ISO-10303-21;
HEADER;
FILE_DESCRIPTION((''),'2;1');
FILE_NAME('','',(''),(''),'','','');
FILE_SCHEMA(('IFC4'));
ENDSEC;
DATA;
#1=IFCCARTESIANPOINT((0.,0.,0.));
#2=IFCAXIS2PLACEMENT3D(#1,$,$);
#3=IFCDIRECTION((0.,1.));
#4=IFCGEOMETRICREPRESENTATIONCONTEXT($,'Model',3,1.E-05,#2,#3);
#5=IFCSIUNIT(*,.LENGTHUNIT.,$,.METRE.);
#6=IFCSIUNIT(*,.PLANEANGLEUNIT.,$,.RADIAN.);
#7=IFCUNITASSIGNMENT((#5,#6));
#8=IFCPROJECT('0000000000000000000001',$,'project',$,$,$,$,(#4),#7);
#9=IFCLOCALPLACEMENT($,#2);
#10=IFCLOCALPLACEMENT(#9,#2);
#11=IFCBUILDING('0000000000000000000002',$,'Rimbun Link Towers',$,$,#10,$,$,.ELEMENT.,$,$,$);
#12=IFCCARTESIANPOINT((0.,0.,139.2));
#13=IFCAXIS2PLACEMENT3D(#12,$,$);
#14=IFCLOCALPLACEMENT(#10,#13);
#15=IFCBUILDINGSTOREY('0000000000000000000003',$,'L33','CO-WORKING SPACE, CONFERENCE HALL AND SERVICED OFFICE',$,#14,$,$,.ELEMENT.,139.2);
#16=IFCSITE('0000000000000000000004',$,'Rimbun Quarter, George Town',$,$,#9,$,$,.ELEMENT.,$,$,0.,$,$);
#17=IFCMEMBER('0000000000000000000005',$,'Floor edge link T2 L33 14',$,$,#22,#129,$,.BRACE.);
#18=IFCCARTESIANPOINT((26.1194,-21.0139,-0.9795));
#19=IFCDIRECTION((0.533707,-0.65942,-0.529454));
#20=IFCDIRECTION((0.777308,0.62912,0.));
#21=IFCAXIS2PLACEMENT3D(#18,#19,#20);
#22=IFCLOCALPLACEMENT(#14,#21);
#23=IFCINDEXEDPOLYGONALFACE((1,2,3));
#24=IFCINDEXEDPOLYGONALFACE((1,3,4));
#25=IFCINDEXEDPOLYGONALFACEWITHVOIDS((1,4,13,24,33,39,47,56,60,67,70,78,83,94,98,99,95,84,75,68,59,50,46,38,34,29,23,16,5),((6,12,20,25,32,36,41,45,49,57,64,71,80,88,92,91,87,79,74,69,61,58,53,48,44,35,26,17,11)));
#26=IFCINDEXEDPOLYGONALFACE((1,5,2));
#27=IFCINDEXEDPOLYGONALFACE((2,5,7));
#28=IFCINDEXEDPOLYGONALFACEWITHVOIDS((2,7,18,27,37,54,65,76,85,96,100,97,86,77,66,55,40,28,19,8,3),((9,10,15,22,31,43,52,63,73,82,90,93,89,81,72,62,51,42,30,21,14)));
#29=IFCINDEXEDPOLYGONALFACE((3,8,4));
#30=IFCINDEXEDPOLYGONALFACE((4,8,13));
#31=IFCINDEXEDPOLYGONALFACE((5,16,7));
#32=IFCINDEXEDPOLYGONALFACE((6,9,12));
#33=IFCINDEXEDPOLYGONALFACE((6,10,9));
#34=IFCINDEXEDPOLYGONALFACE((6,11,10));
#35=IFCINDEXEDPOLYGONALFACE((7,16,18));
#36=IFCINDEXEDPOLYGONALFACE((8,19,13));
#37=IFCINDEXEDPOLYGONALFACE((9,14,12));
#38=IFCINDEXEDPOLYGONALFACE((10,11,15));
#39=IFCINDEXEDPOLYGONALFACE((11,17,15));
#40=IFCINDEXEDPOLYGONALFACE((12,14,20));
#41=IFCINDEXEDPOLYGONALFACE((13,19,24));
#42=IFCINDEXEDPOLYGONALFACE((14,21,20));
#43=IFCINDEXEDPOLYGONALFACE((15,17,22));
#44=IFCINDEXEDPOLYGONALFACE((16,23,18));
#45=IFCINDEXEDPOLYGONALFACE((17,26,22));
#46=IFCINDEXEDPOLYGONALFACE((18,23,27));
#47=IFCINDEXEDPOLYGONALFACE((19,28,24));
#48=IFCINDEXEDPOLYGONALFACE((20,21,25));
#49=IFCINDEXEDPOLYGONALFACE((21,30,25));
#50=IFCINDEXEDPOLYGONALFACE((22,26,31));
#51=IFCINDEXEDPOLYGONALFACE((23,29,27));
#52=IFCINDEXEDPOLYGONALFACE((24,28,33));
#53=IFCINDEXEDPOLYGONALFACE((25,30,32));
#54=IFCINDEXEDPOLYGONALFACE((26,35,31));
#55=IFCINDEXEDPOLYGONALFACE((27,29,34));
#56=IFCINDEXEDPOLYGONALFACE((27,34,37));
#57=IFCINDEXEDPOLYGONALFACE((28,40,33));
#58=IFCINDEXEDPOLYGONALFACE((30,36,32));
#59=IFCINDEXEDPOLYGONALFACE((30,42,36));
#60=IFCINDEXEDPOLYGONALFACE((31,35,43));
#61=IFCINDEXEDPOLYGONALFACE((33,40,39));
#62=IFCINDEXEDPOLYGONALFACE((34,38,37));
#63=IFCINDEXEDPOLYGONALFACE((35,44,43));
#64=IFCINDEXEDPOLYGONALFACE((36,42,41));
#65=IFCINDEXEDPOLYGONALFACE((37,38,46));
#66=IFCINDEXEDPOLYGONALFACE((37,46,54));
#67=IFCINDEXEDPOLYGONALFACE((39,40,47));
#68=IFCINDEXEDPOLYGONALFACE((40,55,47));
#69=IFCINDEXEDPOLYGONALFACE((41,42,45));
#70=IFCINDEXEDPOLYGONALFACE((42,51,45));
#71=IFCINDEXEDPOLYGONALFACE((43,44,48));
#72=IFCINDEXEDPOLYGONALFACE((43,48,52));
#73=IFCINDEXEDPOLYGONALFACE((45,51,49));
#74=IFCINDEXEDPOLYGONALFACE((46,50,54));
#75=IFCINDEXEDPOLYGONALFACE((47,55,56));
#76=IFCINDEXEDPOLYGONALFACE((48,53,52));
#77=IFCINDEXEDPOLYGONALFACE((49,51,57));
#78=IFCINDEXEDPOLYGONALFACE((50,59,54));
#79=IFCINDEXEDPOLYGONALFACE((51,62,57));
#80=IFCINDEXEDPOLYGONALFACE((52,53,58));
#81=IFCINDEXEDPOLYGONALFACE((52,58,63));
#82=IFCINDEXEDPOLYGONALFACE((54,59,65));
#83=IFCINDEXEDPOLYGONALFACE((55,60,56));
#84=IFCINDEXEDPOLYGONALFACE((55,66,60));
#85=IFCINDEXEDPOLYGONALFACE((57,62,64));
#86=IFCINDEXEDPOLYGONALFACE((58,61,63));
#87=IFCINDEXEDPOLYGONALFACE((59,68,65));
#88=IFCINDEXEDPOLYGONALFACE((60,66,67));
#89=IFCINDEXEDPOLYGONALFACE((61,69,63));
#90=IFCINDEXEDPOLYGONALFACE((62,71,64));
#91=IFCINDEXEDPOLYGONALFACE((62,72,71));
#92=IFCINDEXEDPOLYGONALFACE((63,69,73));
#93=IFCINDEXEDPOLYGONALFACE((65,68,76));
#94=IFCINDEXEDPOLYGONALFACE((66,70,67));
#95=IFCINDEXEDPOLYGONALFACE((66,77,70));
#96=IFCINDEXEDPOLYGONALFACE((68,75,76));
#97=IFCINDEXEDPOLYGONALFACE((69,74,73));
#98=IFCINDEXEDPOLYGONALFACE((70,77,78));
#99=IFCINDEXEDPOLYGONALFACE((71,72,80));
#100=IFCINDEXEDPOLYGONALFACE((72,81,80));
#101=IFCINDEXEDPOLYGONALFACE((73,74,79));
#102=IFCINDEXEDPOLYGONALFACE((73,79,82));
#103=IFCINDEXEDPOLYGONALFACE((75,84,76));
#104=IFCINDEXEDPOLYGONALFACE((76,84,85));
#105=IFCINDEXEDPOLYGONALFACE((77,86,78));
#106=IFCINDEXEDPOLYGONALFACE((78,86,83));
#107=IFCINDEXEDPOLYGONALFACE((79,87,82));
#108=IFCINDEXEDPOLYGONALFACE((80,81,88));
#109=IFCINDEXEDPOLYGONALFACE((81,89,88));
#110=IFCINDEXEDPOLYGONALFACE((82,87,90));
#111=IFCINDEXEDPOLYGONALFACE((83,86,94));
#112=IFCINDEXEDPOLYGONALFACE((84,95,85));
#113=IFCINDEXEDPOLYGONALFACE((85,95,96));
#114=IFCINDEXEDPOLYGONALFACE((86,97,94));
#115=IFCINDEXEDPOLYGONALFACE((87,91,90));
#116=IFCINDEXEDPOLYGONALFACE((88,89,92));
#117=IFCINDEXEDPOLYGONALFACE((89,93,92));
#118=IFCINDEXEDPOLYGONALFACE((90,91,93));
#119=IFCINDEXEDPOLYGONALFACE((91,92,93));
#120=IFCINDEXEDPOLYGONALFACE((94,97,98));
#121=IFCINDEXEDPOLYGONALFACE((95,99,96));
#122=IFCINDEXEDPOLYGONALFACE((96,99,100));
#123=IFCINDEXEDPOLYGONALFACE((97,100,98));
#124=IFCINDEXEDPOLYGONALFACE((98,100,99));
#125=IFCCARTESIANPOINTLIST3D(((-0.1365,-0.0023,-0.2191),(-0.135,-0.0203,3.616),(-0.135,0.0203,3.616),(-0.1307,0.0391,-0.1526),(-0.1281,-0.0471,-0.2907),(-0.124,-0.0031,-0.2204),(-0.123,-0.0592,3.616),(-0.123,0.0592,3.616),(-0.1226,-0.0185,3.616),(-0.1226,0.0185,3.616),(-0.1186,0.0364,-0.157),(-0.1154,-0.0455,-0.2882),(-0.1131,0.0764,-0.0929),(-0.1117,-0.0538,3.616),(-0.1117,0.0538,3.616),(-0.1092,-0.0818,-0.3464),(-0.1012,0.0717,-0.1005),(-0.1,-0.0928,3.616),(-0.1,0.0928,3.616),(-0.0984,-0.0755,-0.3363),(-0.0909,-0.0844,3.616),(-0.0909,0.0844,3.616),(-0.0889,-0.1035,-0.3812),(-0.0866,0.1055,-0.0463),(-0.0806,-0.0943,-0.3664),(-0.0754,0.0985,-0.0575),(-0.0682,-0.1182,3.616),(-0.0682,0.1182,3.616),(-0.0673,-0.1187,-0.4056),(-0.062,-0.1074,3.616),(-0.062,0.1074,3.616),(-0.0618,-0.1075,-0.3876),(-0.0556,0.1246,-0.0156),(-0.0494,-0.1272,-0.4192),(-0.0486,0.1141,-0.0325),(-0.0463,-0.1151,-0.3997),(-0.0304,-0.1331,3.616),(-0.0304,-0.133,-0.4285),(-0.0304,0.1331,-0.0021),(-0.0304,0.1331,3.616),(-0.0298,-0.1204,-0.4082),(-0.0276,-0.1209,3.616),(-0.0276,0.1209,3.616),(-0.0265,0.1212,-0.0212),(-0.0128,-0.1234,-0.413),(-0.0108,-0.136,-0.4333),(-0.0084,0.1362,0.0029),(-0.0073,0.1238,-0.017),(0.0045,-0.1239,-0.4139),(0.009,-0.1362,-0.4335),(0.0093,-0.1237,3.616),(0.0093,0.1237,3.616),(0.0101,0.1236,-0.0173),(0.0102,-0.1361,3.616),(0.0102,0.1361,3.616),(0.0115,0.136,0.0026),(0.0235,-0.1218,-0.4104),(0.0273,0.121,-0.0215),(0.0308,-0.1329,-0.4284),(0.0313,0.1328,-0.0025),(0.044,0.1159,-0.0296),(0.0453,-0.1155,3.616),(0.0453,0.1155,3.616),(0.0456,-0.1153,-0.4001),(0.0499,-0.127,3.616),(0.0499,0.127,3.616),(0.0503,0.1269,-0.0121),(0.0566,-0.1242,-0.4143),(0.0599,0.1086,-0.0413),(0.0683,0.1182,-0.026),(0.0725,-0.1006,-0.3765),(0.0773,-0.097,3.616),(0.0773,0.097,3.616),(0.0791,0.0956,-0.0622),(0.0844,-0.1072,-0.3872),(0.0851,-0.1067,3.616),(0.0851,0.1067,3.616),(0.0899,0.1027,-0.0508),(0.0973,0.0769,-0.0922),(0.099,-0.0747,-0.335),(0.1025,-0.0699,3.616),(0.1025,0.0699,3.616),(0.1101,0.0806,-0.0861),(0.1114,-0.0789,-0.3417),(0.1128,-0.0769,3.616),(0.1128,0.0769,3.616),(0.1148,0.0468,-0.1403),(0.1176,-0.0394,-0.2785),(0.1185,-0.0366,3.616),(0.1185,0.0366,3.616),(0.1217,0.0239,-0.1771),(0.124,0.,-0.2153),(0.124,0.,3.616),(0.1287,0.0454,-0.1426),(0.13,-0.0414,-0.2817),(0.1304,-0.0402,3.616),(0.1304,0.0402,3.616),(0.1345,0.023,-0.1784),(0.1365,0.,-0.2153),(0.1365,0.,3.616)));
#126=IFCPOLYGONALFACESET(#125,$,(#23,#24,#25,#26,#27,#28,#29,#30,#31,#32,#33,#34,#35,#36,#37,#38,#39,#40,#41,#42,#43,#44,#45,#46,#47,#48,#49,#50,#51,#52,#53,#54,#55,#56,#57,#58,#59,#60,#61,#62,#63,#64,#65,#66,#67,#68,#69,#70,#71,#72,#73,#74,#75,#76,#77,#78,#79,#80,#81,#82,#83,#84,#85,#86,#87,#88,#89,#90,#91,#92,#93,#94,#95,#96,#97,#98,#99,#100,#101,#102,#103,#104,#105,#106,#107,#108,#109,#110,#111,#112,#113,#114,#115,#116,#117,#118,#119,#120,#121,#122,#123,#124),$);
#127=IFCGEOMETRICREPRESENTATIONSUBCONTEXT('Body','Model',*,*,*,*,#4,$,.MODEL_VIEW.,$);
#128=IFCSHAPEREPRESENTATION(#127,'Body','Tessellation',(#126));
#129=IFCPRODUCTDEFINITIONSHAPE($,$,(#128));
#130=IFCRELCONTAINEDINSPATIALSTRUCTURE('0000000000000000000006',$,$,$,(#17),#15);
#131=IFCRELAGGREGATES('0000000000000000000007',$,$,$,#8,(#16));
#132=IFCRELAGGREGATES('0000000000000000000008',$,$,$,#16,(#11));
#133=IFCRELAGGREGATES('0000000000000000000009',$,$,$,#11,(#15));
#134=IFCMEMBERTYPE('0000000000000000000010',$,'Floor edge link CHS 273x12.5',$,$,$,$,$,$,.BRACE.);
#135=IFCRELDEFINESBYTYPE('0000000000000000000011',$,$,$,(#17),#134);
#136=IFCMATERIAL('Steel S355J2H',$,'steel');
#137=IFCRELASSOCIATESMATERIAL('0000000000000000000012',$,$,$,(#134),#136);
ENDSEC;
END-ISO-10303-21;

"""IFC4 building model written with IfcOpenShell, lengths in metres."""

from ifc_helpers import new_model, si_unit, direction, frame, origin, origin_2d, place, context, subcontext, project, spatial, hollow_circle, extrude, clip, halfspace, material, material_profile, profile_set, type_object, element, save


model = new_model("IFC4")

# Units and contexts
model_context = context("Model", 3, precision=1e-05, world=origin(), true_north=direction((0.0, 1.0)))
body_context = subcontext(model_context, "Body", "Model", "MODEL_VIEW")
ifc_project = project(units=[si_unit("LENGTHUNIT", "METRE"), si_unit("PLANEANGLEUNIT", "RADIAN")], contexts=[model_context])

# Site, building, storey
site_placement = place(None, origin())
site = spatial("IfcSite", under=ifc_project, at=site_placement, Name="Rimbun Quarter, George Town", CompositionType="ELEMENT", RefElevation=0.0)
building_placement = place(site_placement, origin())
building = spatial("IfcBuilding", under=site, at=building_placement, Name="Rimbun Link Towers", CompositionType="ELEMENT")
storey_placement = place(building_placement, frame((0.0, 0.0, 139.2)))
storey = spatial("IfcBuildingStorey", under=building, at=storey_placement, Name="L33", Description="CO-WORKING SPACE, CONFERENCE HALL AND SERVICED OFFICE", CompositionType="ELEMENT", Elevation=139.2)

# Member
ifc_material_1 = material(Name="Steel S355J2H", Category="steel")
ifc_material_profile_1 = material_profile(ifc_material_1, hollow_circle(Radius=0.1365, WallThickness=0.0125, at=origin_2d()), Name="CHS 273x12.5")
ifc_profile_set_1 = profile_set([ifc_material_profile_1], Name="Steel S355J2H")
member_type_1 = type_object("IfcMemberType", Name="Floor edge link CHS 273x12.5", PredefinedType="BRACE", material=ifc_profile_set_1)
member_1_placement = place(storey_placement, frame((26.1194, -21.0139, -0.9795), z_axis=(0.533707, -0.65942, -0.529454), x_axis=(0.777308, 0.62912, 0.0)))
element("IfcMember", 1, at=member_1_placement, inside=storey, type_object=member_type_1, Name="Floor edge link T2 L33 14", PredefinedType="BRACE", context=body_context, shape_type="Clipping", body=[
    clip(extrude(hollow_circle(Radius=0.1365, WallThickness=0.0125, at=origin_2d()), frame((0.0, 0.0, -0.4563)), (0.0, 0.0, 1.0), 4.0723), halfspace(frame((0.0, 0.0, -0.2153), z_axis=(0.0, 0.848339, -0.529454)), False)),
])

save(model, "model.ifc")
